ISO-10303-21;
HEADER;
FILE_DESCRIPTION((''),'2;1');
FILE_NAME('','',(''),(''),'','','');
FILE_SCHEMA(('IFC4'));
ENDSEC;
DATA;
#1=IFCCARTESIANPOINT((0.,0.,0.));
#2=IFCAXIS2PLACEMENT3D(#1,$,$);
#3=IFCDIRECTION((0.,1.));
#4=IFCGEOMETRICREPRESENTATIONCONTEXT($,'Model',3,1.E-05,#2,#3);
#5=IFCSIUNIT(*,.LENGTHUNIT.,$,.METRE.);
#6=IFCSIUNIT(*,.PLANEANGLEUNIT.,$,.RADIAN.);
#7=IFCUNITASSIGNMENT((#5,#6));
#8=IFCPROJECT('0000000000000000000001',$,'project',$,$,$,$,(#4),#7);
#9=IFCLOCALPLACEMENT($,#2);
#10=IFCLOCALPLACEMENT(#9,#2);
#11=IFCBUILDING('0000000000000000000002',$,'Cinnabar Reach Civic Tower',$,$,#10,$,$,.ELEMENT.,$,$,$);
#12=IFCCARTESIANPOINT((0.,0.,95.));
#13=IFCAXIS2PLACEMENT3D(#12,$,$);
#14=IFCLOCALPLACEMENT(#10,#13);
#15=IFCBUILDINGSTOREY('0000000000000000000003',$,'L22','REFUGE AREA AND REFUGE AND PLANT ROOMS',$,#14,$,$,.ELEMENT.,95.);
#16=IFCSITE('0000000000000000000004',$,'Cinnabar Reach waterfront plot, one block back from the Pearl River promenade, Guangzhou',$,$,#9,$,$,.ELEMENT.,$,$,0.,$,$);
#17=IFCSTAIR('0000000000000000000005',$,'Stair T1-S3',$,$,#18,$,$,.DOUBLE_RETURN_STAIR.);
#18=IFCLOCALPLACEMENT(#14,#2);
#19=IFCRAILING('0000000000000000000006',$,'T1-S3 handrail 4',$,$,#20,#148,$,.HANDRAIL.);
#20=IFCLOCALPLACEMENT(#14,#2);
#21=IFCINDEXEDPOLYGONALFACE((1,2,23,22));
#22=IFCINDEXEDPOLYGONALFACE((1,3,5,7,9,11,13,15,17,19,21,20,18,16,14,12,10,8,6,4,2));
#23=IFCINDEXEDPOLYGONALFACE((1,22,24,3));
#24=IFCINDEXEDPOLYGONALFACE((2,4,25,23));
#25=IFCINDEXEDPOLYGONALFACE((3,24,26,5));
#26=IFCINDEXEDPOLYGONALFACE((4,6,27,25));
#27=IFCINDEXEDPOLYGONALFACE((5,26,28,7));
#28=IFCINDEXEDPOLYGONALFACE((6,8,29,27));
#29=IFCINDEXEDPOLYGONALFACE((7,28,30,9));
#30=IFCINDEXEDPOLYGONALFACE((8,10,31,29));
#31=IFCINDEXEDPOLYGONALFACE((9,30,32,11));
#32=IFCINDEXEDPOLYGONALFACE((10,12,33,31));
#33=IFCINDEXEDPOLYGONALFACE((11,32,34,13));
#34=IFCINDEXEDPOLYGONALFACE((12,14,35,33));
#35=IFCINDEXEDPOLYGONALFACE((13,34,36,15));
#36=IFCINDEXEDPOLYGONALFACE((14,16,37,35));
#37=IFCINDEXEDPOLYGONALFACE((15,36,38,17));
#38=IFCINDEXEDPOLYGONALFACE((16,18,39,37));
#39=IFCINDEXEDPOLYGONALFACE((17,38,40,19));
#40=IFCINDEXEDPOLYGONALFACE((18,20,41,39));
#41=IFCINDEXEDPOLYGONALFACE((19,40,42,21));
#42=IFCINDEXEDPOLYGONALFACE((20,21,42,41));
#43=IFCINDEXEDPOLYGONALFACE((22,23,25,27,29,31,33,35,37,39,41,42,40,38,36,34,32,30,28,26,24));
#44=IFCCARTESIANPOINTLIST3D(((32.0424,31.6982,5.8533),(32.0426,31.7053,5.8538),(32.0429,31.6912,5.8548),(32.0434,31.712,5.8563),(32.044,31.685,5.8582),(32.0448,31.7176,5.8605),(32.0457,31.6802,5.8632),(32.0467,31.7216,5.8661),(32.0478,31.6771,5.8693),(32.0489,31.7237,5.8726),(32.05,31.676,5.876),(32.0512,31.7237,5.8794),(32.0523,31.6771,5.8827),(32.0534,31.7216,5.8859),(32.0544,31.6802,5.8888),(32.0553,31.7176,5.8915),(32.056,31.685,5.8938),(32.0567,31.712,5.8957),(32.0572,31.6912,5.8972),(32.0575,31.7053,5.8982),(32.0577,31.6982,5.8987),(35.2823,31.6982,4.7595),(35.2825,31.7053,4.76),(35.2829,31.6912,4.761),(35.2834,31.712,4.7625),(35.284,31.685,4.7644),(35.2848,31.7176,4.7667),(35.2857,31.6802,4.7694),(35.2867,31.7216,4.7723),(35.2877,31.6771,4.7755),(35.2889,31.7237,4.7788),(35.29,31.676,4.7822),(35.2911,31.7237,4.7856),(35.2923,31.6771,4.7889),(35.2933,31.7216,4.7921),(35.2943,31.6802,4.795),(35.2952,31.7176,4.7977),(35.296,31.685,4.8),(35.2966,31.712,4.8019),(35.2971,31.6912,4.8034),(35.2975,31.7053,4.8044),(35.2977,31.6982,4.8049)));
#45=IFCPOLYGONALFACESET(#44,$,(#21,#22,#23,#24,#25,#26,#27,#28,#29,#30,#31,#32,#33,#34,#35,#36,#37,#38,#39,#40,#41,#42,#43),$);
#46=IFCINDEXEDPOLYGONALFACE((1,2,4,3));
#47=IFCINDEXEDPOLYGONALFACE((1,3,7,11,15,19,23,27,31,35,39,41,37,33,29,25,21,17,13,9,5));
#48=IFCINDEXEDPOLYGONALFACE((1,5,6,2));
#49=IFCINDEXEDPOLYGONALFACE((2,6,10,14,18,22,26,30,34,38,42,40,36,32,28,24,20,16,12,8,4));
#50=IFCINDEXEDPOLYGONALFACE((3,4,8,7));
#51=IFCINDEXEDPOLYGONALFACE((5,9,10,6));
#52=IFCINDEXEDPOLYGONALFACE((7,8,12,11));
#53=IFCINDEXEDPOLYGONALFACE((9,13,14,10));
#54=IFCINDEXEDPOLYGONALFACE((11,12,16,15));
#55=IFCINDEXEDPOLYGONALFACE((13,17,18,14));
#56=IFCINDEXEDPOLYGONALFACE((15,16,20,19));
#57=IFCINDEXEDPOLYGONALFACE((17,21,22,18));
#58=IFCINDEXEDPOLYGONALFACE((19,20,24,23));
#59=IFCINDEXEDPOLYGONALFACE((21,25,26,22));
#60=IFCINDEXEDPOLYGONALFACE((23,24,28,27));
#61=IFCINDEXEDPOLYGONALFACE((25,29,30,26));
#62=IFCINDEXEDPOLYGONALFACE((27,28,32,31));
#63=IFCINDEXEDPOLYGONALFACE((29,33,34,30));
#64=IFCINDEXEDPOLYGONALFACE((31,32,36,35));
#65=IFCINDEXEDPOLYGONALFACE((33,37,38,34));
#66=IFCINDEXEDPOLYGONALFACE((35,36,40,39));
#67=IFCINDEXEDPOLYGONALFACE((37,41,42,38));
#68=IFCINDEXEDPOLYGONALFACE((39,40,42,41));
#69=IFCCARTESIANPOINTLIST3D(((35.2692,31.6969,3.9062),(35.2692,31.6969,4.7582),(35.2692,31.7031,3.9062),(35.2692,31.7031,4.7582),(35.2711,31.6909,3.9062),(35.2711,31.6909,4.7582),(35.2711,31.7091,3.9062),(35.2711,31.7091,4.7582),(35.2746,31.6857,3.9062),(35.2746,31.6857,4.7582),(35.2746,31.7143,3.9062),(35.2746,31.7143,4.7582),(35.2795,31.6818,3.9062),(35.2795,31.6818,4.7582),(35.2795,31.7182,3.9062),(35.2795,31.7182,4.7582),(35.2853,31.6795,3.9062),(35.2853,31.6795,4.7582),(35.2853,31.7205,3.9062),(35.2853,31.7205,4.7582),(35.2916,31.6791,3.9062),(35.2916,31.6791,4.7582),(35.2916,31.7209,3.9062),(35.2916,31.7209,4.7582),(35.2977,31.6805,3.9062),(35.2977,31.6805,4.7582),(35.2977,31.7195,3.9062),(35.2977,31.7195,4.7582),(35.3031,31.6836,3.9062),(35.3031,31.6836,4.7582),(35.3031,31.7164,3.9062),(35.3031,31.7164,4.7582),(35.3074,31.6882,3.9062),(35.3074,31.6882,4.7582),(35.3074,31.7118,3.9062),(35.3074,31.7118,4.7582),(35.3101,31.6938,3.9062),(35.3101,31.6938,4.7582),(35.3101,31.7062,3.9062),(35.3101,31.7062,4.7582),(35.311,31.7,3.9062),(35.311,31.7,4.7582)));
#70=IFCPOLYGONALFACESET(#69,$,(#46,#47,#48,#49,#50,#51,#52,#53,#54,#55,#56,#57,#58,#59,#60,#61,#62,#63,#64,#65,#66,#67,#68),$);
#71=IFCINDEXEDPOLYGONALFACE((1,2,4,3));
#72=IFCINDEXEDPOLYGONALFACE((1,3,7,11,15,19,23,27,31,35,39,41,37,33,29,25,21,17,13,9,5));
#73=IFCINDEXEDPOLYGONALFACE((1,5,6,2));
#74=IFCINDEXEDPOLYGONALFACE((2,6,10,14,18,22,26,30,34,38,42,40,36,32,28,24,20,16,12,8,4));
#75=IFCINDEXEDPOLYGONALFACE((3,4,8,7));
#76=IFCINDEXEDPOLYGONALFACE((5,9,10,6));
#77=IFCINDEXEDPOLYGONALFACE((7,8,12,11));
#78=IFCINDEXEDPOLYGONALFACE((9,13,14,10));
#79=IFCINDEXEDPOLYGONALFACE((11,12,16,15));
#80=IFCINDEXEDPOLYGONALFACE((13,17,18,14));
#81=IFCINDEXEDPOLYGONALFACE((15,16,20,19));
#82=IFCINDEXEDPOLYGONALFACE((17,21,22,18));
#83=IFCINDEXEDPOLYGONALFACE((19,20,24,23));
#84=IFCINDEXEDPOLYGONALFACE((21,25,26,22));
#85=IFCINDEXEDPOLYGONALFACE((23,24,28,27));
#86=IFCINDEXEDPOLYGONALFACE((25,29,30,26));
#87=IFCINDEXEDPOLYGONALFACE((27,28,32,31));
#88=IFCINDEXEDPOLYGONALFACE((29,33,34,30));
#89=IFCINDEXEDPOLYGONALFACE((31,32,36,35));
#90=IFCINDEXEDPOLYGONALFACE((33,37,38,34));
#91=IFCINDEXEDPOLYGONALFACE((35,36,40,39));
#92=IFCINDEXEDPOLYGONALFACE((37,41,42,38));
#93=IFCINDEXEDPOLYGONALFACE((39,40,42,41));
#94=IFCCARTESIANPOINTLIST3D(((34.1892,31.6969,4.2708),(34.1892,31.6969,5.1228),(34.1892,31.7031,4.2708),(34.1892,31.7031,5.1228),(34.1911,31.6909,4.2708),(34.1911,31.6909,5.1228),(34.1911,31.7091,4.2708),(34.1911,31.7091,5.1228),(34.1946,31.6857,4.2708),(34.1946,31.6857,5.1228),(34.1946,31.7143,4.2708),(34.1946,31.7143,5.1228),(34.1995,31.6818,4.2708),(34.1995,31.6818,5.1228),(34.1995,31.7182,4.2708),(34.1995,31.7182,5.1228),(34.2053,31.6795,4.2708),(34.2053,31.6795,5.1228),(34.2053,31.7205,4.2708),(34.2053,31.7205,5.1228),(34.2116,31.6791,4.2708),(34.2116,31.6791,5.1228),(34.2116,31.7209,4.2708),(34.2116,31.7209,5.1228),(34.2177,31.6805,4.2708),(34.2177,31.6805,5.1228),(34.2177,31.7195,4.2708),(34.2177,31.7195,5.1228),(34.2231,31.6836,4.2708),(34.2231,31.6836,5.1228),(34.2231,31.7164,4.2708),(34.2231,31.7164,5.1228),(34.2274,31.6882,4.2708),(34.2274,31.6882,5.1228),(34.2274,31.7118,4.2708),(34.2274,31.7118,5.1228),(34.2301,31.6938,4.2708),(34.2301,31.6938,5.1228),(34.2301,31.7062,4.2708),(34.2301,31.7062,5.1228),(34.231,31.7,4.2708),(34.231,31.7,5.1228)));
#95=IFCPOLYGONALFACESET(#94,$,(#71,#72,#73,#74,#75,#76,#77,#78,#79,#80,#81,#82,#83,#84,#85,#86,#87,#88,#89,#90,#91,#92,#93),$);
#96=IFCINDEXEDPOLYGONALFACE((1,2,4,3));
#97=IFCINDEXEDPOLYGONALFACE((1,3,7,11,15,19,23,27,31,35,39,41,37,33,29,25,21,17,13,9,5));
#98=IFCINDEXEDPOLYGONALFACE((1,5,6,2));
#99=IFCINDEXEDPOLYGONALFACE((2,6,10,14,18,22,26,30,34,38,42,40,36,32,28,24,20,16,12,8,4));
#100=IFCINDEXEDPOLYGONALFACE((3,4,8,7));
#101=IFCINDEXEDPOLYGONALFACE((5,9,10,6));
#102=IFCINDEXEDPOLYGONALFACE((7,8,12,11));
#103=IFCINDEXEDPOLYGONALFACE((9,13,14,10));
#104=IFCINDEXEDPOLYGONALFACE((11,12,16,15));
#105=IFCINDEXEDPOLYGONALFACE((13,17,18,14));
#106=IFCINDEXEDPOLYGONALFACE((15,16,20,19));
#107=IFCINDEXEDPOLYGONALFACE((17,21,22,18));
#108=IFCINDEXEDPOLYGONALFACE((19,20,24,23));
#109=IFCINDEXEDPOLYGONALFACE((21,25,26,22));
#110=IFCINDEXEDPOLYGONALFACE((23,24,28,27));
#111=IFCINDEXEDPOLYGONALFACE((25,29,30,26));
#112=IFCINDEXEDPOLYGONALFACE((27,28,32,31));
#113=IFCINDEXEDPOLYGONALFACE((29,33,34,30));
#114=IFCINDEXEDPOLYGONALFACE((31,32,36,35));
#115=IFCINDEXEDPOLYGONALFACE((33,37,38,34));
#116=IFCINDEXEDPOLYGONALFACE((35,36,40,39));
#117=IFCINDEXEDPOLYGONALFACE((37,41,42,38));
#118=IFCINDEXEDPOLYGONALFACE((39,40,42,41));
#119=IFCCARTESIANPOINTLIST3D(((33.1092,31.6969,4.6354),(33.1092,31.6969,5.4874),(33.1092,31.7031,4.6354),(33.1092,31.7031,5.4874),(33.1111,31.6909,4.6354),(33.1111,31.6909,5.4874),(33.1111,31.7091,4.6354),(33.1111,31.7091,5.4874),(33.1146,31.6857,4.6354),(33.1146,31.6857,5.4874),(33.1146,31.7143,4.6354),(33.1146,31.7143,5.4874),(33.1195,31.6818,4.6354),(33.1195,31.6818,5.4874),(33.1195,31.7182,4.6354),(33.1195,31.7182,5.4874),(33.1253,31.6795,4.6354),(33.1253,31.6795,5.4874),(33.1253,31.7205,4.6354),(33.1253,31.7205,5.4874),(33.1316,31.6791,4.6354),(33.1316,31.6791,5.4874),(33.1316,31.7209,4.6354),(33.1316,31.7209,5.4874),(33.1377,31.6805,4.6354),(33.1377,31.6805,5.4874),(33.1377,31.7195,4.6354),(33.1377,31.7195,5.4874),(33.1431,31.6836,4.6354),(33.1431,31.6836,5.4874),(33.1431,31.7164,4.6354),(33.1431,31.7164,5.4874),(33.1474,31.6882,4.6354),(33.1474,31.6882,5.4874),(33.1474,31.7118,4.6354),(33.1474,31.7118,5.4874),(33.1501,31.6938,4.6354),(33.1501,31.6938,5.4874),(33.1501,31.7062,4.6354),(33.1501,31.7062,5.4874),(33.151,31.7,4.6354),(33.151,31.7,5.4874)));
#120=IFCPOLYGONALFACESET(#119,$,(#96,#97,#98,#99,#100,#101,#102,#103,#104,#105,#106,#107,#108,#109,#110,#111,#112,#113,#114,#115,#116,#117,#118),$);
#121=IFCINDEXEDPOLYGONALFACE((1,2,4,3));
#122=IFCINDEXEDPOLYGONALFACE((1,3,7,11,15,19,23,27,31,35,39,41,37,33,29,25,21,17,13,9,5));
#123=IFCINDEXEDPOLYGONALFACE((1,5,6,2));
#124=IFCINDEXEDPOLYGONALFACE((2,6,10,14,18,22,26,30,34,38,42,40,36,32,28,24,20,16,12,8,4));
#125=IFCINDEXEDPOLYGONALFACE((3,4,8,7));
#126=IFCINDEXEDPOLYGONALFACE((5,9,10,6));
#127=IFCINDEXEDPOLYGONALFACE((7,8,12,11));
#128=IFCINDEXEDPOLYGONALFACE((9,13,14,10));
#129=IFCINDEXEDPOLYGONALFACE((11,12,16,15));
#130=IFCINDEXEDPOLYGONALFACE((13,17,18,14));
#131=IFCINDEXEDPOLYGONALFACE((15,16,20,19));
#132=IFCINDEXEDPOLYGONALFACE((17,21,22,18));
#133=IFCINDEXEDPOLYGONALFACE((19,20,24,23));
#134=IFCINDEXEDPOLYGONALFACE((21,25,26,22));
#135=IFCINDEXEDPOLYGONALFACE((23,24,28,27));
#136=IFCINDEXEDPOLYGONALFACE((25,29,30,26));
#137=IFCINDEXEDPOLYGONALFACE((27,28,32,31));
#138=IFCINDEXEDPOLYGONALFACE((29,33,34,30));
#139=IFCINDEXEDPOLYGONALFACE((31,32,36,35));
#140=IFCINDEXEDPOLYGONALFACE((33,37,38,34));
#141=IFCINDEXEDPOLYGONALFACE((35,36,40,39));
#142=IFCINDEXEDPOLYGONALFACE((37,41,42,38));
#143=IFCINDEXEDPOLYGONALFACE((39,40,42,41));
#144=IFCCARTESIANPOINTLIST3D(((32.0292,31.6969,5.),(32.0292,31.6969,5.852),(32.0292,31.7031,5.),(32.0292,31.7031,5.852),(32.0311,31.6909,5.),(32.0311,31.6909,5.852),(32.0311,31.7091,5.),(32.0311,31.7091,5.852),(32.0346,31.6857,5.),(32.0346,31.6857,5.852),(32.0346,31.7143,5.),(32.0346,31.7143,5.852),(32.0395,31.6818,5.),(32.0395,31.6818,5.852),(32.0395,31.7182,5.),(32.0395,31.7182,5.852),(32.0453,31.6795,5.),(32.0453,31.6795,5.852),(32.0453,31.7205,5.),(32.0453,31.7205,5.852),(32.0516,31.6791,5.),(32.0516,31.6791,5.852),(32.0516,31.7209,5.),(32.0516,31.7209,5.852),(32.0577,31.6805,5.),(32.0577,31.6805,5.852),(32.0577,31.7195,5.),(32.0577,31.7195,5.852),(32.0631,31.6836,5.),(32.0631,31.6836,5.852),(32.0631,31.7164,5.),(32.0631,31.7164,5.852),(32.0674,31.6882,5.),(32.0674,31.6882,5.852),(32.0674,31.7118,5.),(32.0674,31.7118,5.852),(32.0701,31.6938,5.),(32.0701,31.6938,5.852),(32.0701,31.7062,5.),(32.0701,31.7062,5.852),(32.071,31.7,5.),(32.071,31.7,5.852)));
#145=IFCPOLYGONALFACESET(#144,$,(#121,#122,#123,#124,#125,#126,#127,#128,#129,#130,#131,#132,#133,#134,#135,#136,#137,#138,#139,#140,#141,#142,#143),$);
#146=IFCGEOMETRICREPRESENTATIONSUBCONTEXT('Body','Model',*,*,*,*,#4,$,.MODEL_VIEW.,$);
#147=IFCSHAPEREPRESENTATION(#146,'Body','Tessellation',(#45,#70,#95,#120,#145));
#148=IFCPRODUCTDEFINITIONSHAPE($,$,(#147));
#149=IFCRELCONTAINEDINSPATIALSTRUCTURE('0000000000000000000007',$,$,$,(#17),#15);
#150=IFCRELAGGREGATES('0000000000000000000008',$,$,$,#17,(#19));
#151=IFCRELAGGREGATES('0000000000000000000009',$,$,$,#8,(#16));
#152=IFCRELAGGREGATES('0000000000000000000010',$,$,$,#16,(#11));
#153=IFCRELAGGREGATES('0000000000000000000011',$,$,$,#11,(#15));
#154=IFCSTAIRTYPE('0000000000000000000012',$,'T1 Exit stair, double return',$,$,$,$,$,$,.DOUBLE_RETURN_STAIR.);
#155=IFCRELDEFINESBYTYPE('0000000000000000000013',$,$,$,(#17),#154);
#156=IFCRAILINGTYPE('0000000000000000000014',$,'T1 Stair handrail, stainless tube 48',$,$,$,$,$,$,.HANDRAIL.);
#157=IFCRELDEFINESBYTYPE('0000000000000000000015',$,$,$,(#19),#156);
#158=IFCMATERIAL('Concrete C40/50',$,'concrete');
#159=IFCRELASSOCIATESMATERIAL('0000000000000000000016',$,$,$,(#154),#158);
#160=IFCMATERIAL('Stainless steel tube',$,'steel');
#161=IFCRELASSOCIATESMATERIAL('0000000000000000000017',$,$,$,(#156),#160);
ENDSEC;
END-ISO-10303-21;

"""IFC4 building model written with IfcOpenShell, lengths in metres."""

from ifc_helpers import new_model, si_unit, direction, frame, origin, origin_2d, place, context, subcontext, project, spatial, circle, extrude, material, type_object, element, aggregate, save


model = new_model("IFC4")

# Units and contexts
model_context = context("Model", 3, precision=1e-05, world=origin(), true_north=direction((0.0, 1.0)))
body_context = subcontext(model_context, "Body", "Model", "MODEL_VIEW")
ifc_project = project(units=[si_unit("LENGTHUNIT", "METRE"), si_unit("PLANEANGLEUNIT", "RADIAN")], contexts=[model_context])

# Site, building, storey
site_placement = place(None, origin())
site = spatial("IfcSite", under=ifc_project, at=site_placement, Name="Cinnabar Reach waterfront plot, one block back from the Pearl River promenade, Guangzhou", CompositionType="ELEMENT", RefElevation=0.0)
building_placement = place(site_placement, origin())
building = spatial("IfcBuilding", under=site, at=building_placement, Name="Cinnabar Reach Civic Tower", CompositionType="ELEMENT")
storey_placement = place(building_placement, frame((0.0, 0.0, 95.0)))
storey = spatial("IfcBuildingStorey", under=building, at=storey_placement, Name="L22", Description="REFUGE AREA AND REFUGE AND PLANT ROOMS", CompositionType="ELEMENT", Elevation=95.0)

# Stair, railing
ifc_material_1 = material(Name="Concrete C40/50", Category="concrete")
stair_type = type_object("IfcStairType", Name="T1 Exit stair, double return", PredefinedType="DOUBLE_RETURN_STAIR", material=ifc_material_1)
stair_placement = place(storey_placement, origin())
stair = element("IfcStair", 1, at=stair_placement, inside=storey, type_object=stair_type, Name="Stair T1-S3", PredefinedType="DOUBLE_RETURN_STAIR")
ifc_material_2 = material(Name="Stainless steel tube", Category="steel")
railing_type = type_object("IfcRailingType", Name="T1 Stair handrail, stainless tube 48", PredefinedType="HANDRAIL", material=ifc_material_2)
railing_1_placement = place(storey_placement, frame((35.29, 31.7, 3.9062)))
railing_1 = element("IfcRailing", 2, at=railing_1_placement, type_object=railing_type, Name="T1-S3 handrail 4", PredefinedType="HANDRAIL", context=body_context, shape_type="SweptSolid", body=[
    extrude(circle(Radius=0.024, at=origin_2d()), frame((0.0, 0.0, 0.876), z_axis=(-0.947466, 0.0, 0.319857), x_axis=(0.0, -1.0, 0.0)), (0.0, 0.0, 1.0), 3.4196),
    extrude(circle(Radius=0.021, at=origin_2d()), origin(), (0.0, 0.0, 1.0), 0.852),
    extrude(circle(Radius=0.021, at=origin_2d()), frame((-1.08, 0.0, 0.3646)), (0.0, 0.0, 1.0), 0.852),
    extrude(circle(Radius=0.021, at=origin_2d()), frame((-2.16, 0.0, 0.7292)), (0.0, 0.0, 1.0), 0.852),
    extrude(circle(Radius=0.021, at=origin_2d()), frame((-3.24, 0.0, 1.0938)), (0.0, 0.0, 1.0), 0.852),
])
aggregate(stair, [railing_1])

save(model, "model.ifc")
